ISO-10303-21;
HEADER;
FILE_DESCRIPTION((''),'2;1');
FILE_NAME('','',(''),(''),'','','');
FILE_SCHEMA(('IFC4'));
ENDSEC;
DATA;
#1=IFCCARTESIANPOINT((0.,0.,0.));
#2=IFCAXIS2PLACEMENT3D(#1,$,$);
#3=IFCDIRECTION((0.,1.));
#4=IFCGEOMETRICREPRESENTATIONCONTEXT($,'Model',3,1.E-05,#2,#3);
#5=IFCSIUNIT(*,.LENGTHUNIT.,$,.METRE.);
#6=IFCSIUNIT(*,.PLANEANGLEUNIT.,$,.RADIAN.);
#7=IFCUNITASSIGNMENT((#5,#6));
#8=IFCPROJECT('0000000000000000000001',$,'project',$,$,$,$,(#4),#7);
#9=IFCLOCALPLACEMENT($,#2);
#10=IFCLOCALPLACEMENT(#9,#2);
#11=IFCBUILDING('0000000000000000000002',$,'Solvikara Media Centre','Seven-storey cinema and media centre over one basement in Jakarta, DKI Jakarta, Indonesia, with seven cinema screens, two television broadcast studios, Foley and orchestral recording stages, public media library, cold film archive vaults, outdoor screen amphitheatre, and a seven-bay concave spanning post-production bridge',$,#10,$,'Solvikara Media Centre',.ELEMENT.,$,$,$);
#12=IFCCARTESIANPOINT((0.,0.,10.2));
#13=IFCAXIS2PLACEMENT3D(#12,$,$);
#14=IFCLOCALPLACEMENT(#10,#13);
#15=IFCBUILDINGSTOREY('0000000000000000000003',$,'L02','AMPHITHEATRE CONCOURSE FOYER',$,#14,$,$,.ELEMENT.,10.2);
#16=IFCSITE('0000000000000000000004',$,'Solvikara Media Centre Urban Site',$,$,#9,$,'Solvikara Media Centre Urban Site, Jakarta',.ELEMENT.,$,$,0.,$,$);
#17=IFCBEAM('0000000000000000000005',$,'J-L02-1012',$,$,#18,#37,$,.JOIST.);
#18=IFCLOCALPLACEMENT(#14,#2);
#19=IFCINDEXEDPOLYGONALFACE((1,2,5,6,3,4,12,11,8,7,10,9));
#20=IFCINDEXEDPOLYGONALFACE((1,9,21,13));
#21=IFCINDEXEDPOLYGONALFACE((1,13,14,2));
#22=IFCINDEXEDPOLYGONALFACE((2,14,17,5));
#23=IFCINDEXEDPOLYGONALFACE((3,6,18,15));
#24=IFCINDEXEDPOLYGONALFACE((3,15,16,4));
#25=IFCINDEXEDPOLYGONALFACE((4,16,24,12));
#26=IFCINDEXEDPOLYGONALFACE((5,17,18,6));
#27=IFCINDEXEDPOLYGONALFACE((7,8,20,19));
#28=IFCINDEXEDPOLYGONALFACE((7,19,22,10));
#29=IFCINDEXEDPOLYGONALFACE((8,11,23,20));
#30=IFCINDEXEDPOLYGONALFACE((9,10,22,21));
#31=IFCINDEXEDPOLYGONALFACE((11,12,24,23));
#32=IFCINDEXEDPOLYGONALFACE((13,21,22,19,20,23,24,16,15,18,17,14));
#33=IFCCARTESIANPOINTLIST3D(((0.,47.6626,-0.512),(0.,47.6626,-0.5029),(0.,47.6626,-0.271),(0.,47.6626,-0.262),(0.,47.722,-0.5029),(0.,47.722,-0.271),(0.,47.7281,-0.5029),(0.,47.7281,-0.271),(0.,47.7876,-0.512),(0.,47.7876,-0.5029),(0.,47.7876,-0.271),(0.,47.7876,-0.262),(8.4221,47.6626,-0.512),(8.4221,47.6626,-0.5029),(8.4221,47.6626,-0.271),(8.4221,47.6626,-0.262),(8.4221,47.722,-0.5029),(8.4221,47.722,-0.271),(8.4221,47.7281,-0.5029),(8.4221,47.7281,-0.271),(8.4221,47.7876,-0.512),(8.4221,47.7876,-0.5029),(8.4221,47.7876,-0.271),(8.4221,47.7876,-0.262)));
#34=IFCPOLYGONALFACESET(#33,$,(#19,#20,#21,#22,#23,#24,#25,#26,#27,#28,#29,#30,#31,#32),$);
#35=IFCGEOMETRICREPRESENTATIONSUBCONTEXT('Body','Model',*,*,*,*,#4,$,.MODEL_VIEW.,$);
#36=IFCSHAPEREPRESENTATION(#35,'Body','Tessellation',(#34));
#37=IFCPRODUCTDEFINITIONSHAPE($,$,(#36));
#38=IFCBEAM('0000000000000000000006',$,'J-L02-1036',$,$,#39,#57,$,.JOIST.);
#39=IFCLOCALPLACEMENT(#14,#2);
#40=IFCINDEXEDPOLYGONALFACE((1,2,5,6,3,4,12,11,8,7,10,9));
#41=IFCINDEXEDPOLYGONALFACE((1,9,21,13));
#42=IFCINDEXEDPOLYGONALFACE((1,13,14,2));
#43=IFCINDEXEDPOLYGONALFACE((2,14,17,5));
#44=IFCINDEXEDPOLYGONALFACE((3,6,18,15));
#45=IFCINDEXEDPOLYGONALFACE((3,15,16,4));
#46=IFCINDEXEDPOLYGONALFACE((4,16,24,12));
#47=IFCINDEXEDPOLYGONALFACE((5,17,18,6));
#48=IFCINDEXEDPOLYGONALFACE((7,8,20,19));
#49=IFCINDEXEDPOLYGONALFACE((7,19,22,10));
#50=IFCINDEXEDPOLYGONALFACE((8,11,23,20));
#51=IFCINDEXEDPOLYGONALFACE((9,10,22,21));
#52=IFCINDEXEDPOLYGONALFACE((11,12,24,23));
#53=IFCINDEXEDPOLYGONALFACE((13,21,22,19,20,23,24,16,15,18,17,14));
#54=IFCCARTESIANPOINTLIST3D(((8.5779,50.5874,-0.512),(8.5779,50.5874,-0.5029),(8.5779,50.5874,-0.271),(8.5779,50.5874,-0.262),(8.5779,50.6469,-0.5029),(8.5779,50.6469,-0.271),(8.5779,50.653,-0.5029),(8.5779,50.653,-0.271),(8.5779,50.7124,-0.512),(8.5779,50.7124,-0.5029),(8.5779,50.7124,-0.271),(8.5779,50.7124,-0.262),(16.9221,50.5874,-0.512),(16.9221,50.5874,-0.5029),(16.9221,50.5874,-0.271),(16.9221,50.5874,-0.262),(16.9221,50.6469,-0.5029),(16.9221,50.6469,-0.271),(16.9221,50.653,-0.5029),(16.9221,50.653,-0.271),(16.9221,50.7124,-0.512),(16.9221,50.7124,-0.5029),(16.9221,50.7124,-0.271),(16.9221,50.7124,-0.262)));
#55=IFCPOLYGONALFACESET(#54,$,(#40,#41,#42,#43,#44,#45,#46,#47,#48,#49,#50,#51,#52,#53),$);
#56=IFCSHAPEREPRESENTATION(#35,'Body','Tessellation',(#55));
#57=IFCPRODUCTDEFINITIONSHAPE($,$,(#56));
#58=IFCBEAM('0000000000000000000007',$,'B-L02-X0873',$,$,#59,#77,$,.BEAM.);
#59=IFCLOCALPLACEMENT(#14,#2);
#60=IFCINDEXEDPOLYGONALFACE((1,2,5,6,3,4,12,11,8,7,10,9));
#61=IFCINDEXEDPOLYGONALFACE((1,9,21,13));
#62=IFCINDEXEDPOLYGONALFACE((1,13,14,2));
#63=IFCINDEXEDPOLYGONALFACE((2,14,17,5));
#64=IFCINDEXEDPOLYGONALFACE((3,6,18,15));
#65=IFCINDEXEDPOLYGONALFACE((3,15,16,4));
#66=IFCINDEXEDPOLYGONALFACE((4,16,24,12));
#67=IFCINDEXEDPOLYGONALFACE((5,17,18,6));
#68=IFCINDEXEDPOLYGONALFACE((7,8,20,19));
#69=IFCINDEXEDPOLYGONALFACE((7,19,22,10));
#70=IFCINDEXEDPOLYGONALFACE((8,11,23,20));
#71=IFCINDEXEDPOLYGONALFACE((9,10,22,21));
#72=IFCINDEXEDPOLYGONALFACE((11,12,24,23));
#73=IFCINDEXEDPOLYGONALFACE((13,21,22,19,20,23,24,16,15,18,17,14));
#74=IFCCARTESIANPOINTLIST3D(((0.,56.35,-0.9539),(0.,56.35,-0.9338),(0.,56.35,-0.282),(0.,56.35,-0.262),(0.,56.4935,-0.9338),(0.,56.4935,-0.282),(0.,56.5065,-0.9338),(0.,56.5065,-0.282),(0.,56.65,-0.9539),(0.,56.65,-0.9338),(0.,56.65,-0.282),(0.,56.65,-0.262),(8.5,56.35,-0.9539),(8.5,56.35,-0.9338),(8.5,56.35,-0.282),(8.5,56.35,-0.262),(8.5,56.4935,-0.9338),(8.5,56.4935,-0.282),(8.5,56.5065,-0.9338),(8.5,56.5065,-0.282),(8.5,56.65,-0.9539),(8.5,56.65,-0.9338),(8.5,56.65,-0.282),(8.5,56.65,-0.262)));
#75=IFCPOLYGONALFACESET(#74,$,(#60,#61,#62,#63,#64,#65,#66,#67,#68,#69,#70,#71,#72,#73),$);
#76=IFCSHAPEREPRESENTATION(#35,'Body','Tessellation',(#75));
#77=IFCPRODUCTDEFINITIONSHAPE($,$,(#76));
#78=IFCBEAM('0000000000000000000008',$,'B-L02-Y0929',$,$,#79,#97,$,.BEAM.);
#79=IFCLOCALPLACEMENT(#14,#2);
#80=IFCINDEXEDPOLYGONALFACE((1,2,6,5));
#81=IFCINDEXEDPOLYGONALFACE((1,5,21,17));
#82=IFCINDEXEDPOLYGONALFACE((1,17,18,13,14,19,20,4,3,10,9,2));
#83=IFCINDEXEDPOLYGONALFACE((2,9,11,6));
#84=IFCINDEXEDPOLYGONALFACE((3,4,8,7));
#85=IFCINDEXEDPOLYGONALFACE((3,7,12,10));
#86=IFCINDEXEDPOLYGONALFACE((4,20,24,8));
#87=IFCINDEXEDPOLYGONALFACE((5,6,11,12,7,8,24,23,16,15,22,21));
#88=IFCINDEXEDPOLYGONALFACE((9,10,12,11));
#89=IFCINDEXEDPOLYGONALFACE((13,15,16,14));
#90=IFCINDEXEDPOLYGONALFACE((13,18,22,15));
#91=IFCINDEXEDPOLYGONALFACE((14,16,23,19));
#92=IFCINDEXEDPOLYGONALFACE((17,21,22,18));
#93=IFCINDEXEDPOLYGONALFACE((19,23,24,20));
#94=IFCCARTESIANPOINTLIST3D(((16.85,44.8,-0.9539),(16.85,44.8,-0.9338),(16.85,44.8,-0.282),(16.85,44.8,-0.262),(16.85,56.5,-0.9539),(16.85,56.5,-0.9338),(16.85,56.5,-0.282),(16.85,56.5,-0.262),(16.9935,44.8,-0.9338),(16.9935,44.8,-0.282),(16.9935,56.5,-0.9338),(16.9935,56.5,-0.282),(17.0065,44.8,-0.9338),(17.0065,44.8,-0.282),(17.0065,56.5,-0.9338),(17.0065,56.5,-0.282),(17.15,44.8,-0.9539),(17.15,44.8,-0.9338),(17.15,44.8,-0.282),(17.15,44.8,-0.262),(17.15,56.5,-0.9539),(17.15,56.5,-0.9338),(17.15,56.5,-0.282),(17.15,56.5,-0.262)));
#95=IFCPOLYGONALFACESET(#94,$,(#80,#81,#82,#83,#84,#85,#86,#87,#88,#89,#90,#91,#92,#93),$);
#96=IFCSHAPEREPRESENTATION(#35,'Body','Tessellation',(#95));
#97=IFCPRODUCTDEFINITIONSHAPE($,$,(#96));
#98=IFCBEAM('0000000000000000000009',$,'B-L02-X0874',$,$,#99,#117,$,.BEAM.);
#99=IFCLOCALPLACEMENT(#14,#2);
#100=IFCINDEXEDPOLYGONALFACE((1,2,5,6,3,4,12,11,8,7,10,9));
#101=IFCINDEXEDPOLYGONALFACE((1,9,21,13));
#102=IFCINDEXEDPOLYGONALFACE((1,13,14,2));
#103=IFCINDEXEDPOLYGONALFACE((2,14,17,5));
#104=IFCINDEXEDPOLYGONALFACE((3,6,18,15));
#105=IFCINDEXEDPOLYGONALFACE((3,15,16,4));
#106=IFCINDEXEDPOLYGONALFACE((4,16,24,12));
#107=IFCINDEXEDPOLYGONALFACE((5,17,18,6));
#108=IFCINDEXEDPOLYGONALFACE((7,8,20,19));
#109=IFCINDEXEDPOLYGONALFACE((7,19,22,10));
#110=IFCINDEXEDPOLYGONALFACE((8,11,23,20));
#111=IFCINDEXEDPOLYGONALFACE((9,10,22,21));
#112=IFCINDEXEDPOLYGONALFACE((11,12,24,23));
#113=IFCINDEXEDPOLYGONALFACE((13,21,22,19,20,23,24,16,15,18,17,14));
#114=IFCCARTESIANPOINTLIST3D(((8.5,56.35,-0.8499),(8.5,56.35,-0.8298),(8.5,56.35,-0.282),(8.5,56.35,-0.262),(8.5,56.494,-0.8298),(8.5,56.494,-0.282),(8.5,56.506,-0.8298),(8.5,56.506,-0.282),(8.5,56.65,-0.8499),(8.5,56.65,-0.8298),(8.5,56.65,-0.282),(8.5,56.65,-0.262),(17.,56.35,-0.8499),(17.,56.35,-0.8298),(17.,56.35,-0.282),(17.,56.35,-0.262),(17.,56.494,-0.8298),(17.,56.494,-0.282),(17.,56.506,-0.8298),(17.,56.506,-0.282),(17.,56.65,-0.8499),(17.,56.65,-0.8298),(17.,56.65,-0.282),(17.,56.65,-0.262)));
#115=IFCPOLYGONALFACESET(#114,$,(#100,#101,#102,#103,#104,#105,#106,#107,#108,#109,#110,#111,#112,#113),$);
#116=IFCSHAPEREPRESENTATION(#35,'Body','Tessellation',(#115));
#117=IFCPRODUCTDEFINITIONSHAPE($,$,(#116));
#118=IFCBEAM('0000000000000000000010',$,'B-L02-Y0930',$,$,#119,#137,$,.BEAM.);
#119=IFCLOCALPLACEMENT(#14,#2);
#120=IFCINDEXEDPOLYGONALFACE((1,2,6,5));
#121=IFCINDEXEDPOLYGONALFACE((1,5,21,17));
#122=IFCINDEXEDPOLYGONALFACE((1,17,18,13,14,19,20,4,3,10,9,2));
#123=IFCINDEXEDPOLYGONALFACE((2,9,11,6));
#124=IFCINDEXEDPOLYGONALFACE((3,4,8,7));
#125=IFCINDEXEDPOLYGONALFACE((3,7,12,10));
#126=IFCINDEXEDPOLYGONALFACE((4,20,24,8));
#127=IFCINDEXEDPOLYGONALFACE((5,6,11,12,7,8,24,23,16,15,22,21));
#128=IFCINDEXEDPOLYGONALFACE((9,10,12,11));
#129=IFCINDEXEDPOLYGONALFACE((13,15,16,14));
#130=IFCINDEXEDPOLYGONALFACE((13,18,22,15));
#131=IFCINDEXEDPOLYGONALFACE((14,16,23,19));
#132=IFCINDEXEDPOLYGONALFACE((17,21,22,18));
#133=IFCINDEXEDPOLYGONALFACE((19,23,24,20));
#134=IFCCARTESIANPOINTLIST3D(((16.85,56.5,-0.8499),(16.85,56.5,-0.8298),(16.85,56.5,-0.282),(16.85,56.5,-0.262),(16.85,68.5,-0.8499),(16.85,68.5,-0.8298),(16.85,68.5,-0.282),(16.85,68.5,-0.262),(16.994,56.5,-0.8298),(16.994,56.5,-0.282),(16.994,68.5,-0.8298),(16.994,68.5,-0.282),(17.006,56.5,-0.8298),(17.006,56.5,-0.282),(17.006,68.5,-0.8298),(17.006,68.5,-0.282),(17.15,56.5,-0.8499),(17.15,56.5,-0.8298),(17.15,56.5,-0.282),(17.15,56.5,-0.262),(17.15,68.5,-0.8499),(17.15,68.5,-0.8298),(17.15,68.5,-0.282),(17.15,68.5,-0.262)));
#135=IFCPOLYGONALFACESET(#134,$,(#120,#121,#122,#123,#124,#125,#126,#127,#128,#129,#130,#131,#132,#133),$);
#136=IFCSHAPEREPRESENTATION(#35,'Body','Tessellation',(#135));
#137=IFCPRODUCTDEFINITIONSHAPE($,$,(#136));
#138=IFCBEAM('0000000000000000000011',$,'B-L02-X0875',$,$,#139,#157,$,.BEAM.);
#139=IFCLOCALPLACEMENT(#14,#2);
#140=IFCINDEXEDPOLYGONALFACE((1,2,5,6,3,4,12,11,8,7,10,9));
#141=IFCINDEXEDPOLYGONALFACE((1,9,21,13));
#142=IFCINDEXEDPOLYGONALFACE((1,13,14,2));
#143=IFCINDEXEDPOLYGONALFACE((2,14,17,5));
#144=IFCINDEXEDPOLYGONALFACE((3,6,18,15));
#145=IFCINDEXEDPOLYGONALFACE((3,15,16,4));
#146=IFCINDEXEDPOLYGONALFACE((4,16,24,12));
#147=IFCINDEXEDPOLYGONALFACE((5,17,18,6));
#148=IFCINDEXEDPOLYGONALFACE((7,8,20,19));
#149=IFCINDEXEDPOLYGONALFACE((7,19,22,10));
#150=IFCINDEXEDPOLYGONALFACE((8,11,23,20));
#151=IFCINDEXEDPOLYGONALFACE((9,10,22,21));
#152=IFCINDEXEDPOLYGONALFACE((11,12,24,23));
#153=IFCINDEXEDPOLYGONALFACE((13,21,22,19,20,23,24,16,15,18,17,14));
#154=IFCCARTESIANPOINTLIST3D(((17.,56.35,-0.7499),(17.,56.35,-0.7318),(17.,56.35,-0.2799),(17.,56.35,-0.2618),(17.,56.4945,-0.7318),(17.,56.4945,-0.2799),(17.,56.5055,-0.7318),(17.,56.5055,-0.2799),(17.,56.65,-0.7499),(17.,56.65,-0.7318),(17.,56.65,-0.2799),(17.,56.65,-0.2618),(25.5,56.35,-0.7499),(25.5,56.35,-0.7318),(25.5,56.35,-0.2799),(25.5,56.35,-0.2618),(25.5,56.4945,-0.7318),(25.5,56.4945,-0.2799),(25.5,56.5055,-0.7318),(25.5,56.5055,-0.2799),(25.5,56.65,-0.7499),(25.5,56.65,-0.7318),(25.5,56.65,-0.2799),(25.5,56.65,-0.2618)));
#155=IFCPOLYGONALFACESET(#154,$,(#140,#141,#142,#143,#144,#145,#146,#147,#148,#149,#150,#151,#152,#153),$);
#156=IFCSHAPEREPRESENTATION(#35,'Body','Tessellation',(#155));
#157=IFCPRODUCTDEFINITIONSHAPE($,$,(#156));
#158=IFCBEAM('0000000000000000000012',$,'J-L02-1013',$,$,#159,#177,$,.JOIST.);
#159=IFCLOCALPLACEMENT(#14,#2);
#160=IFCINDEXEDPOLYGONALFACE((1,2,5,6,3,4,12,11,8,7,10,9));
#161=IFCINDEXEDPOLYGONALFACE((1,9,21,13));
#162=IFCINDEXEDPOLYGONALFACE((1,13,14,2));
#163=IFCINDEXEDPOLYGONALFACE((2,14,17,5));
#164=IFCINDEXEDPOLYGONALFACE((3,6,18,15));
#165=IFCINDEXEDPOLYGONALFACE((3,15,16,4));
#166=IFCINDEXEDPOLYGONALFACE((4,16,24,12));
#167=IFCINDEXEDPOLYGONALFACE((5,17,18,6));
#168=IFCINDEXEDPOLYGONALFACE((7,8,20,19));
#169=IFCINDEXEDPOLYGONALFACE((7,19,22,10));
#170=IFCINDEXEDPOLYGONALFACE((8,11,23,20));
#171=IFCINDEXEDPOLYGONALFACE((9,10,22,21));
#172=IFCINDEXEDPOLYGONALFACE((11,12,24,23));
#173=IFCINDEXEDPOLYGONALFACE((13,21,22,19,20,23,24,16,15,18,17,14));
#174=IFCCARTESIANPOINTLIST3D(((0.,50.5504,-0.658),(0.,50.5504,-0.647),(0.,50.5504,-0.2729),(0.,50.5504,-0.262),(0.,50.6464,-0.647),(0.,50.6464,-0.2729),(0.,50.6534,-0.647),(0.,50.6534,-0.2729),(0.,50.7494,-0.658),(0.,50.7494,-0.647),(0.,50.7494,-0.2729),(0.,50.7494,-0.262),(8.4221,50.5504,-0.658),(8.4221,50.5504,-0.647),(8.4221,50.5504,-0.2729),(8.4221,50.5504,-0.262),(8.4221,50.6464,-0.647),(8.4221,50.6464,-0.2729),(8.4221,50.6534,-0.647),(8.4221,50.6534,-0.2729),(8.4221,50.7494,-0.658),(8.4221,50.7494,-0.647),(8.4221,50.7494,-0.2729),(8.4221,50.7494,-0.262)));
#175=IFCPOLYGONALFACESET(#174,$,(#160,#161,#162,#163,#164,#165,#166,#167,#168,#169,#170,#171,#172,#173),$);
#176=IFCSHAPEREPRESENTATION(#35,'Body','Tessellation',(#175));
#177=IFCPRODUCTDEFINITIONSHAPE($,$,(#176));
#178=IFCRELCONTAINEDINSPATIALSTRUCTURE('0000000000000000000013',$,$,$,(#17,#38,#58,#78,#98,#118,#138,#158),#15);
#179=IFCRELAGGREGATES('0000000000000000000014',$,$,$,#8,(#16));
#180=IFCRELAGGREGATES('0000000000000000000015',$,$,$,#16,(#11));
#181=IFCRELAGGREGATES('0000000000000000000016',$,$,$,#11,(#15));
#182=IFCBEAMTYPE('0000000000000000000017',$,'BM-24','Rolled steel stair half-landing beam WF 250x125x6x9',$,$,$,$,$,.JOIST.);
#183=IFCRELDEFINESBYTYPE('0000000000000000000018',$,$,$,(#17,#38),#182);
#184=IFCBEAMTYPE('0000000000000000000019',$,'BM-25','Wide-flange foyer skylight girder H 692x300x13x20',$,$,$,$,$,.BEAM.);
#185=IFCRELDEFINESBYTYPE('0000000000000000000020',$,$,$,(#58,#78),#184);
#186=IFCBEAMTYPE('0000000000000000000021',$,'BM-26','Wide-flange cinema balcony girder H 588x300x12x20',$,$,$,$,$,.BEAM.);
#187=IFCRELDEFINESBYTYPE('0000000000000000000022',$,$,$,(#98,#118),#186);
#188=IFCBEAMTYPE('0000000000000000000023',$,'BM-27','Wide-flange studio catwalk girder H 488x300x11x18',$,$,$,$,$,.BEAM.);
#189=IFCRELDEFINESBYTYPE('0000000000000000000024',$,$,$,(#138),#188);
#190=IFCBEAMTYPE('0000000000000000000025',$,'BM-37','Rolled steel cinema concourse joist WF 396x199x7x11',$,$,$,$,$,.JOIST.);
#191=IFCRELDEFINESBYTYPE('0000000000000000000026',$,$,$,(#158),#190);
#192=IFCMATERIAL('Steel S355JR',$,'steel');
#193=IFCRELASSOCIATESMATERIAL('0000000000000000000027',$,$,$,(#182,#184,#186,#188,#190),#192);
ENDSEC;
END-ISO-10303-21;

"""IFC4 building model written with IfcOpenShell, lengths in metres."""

from ifc_helpers import new_model, si_unit, direction, frame, origin, origin_2d, place, context, subcontext, project, spatial, i_section, extrude, material, material_profile, profile_set, type_object, element, save


model = new_model("IFC4")

# Units and contexts
model_context = context("Model", 3, precision=1e-05, world=origin(), true_north=direction((0.0, 1.0)))
body_context = subcontext(model_context, "Body", "Model", "MODEL_VIEW")
ifc_project = project(units=[si_unit("LENGTHUNIT", "METRE"), si_unit("PLANEANGLEUNIT", "RADIAN")], contexts=[model_context])

# Site, building, storey
site_placement = place(None, origin())
site = spatial("IfcSite", under=ifc_project, at=site_placement, Name="Solvikara Media Centre Urban Site", LongName="Solvikara Media Centre Urban Site, Jakarta", CompositionType="ELEMENT", RefElevation=0.0)
building_placement = place(site_placement, origin())
building = spatial("IfcBuilding", under=site, at=building_placement, Name="Solvikara Media Centre", Description="Seven-storey cinema and media centre over one basement in Jakarta, DKI Jakarta, Indonesia, with seven cinema screens, two television broadcast studios, Foley and orchestral recording stages, public media library, cold film archive vaults, outdoor screen amphitheatre, and a seven-bay concave spanning post-production bridge", LongName="Solvikara Media Centre", CompositionType="ELEMENT")
storey_placement = place(building_placement, frame((0.0, 0.0, 10.2)))
storey = spatial("IfcBuildingStorey", under=building, at=storey_placement, Name="L02", Description="AMPHITHEATRE CONCOURSE FOYER", CompositionType="ELEMENT", Elevation=10.2)

# Beams
ifc_material_1 = material(Name="Steel S355JR", Category="steel")
ifc_material_profile_1 = material_profile(ifc_material_1, i_section(OverallWidth=0.125, OverallDepth=0.25, WebThickness=0.0061, FlangeThickness=0.009, at=origin_2d()), Name="WF 250x125x6x9")
ifc_profile_set_1 = profile_set([ifc_material_profile_1], Name="Steel S355JR")
beam_type_1 = type_object("IfcBeamType", Name="BM-24", Description="Rolled steel stair half-landing beam WF 250x125x6x9", PredefinedType="JOIST", material=ifc_profile_set_1)
beam_1_placement = place(storey_placement, frame((0.0, 47.7251, -0.387), z_axis=(1.0, 0.0, 0.0), x_axis=(0.0, 1.0, 0.0)))
element("IfcBeam", 1, at=beam_1_placement, inside=storey, type_object=beam_type_1, Name="J-L02-1012", PredefinedType="JOIST", context=body_context, shape_type="SweptSolid", body=[
    extrude(i_section(OverallWidth=0.125, OverallDepth=0.25, WebThickness=0.0061, FlangeThickness=0.009, at=origin_2d()), origin(), (0.0, 0.0, 1.0), 8.4221),
])
beam_2_placement = place(storey_placement, frame((8.5779, 50.6499, -0.387), z_axis=(1.0, 0.0, 0.0), x_axis=(0.0, 1.0, 0.0)))
element("IfcBeam", 2, at=beam_2_placement, inside=storey, type_object=beam_type_1, Name="J-L02-1036", PredefinedType="JOIST", context=body_context, shape_type="SweptSolid", body=[
    extrude(i_section(OverallWidth=0.125, OverallDepth=0.25, WebThickness=0.0061, FlangeThickness=0.009, at=origin_2d()), origin(), (0.0, 0.0, 1.0), 8.3442),
])
ifc_material_profile_2 = material_profile(ifc_material_1, i_section(OverallWidth=0.3, OverallDepth=0.6919, WebThickness=0.0129, FlangeThickness=0.02, at=origin_2d()), Name="H 692x300x13x20")
ifc_profile_set_2 = profile_set([ifc_material_profile_2], Name="Steel S355JR")
beam_type_2 = type_object("IfcBeamType", Name="BM-25", Description="Wide-flange foyer skylight girder H 692x300x13x20", PredefinedType="BEAM", material=ifc_profile_set_2)
beam_3_placement = place(storey_placement, frame((0.0, 56.5, -0.6079), z_axis=(1.0, 0.0, 0.0), x_axis=(0.0, 1.0, 0.0)))
element("IfcBeam", 3, at=beam_3_placement, inside=storey, type_object=beam_type_2, Name="B-L02-X0873", PredefinedType="BEAM", context=body_context, shape_type="SweptSolid", body=[
    extrude(i_section(OverallWidth=0.3, OverallDepth=0.6919, WebThickness=0.0129, FlangeThickness=0.02, at=origin_2d()), origin(), (0.0, 0.0, 1.0), 8.5),
])
beam_4_placement = place(storey_placement, frame((17.0, 44.8, -0.6079), z_axis=(0.0, 1.0, 0.0), x_axis=(-1.0, 0.0, 0.0)))
element("IfcBeam", 4, at=beam_4_placement, inside=storey, type_object=beam_type_2, Name="B-L02-Y0929", PredefinedType="BEAM", context=body_context, shape_type="SweptSolid", body=[
    extrude(i_section(OverallWidth=0.3, OverallDepth=0.6919, WebThickness=0.0129, FlangeThickness=0.02, at=origin_2d()), origin(), (0.0, 0.0, 1.0), 11.7),
])
ifc_material_profile_3 = material_profile(ifc_material_1, i_section(OverallWidth=0.3, OverallDepth=0.5879, WebThickness=0.012, FlangeThickness=0.02, at=origin_2d()), Name="H 588x300x12x20")
ifc_profile_set_3 = profile_set([ifc_material_profile_3], Name="Steel S355JR")
beam_type_3 = type_object("IfcBeamType", Name="BM-26", Description="Wide-flange cinema balcony girder H 588x300x12x20", PredefinedType="BEAM", material=ifc_profile_set_3)
beam_5_placement = place(storey_placement, frame((8.5, 56.5, -0.5559), z_axis=(1.0, 0.0, 0.0), x_axis=(0.0, 1.0, 0.0)))
element("IfcBeam", 5, at=beam_5_placement, inside=storey, type_object=beam_type_3, Name="B-L02-X0874", PredefinedType="BEAM", context=body_context, shape_type="SweptSolid", body=[
    extrude(i_section(OverallWidth=0.3, OverallDepth=0.5879, WebThickness=0.012, FlangeThickness=0.02, at=origin_2d()), origin(), (0.0, 0.0, 1.0), 8.5),
])
beam_6_placement = place(storey_placement, frame((17.0, 56.5, -0.5559), z_axis=(0.0, 1.0, 0.0), x_axis=(-1.0, 0.0, 0.0)))
element("IfcBeam", 6, at=beam_6_placement, inside=storey, type_object=beam_type_3, Name="B-L02-Y0930", PredefinedType="BEAM", context=body_context, shape_type="SweptSolid", body=[
    extrude(i_section(OverallWidth=0.3, OverallDepth=0.5879, WebThickness=0.012, FlangeThickness=0.02, at=origin_2d()), origin(), (0.0, 0.0, 1.0), 12.0),
])
ifc_material_profile_4 = material_profile(ifc_material_1, i_section(OverallWidth=0.3, OverallDepth=0.488, WebThickness=0.011, FlangeThickness=0.0181, at=origin_2d()), Name="H 488x300x11x18")
ifc_profile_set_4 = profile_set([ifc_material_profile_4], Name="Steel S355JR")
beam_type_4 = type_object("IfcBeamType", Name="BM-27", Description="Wide-flange studio catwalk girder H 488x300x11x18", PredefinedType="BEAM", material=ifc_profile_set_4)
beam_7_placement = place(storey_placement, frame((17.0, 56.5, -0.5059), z_axis=(1.0, 0.0, 0.0), x_axis=(0.0, 1.0, 0.0)))
element("IfcBeam", 7, at=beam_7_placement, inside=storey, type_object=beam_type_4, Name="B-L02-X0875", PredefinedType="BEAM", context=body_context, shape_type="SweptSolid", body=[
    extrude(i_section(OverallWidth=0.3, OverallDepth=0.488, WebThickness=0.011, FlangeThickness=0.0181, at=origin_2d()), origin(), (0.0, 0.0, 1.0), 8.5),
])
ifc_material_profile_5 = material_profile(ifc_material_1, i_section(OverallWidth=0.199, OverallDepth=0.396, WebThickness=0.0071, FlangeThickness=0.011, at=origin_2d()), Name="WF 396x199x7x11")
ifc_profile_set_5 = profile_set([ifc_material_profile_5], Name="Steel S355JR")
beam_type_5 = type_object("IfcBeamType", Name="BM-37", Description="Rolled steel cinema concourse joist WF 396x199x7x11", PredefinedType="JOIST", material=ifc_profile_set_5)
beam_8_placement = place(storey_placement, frame((0.0, 50.6499, -0.46), z_axis=(1.0, 0.0, 0.0), x_axis=(0.0, 1.0, 0.0)))
element("IfcBeam", 8, at=beam_8_placement, inside=storey, type_object=beam_type_5, Name="J-L02-1013", PredefinedType="JOIST", context=body_context, shape_type="SweptSolid", body=[
    extrude(i_section(OverallWidth=0.199, OverallDepth=0.396, WebThickness=0.0071, FlangeThickness=0.011, at=origin_2d()), origin(), (0.0, 0.0, 1.0), 8.4221),
])

save(model, "model.ifc")
